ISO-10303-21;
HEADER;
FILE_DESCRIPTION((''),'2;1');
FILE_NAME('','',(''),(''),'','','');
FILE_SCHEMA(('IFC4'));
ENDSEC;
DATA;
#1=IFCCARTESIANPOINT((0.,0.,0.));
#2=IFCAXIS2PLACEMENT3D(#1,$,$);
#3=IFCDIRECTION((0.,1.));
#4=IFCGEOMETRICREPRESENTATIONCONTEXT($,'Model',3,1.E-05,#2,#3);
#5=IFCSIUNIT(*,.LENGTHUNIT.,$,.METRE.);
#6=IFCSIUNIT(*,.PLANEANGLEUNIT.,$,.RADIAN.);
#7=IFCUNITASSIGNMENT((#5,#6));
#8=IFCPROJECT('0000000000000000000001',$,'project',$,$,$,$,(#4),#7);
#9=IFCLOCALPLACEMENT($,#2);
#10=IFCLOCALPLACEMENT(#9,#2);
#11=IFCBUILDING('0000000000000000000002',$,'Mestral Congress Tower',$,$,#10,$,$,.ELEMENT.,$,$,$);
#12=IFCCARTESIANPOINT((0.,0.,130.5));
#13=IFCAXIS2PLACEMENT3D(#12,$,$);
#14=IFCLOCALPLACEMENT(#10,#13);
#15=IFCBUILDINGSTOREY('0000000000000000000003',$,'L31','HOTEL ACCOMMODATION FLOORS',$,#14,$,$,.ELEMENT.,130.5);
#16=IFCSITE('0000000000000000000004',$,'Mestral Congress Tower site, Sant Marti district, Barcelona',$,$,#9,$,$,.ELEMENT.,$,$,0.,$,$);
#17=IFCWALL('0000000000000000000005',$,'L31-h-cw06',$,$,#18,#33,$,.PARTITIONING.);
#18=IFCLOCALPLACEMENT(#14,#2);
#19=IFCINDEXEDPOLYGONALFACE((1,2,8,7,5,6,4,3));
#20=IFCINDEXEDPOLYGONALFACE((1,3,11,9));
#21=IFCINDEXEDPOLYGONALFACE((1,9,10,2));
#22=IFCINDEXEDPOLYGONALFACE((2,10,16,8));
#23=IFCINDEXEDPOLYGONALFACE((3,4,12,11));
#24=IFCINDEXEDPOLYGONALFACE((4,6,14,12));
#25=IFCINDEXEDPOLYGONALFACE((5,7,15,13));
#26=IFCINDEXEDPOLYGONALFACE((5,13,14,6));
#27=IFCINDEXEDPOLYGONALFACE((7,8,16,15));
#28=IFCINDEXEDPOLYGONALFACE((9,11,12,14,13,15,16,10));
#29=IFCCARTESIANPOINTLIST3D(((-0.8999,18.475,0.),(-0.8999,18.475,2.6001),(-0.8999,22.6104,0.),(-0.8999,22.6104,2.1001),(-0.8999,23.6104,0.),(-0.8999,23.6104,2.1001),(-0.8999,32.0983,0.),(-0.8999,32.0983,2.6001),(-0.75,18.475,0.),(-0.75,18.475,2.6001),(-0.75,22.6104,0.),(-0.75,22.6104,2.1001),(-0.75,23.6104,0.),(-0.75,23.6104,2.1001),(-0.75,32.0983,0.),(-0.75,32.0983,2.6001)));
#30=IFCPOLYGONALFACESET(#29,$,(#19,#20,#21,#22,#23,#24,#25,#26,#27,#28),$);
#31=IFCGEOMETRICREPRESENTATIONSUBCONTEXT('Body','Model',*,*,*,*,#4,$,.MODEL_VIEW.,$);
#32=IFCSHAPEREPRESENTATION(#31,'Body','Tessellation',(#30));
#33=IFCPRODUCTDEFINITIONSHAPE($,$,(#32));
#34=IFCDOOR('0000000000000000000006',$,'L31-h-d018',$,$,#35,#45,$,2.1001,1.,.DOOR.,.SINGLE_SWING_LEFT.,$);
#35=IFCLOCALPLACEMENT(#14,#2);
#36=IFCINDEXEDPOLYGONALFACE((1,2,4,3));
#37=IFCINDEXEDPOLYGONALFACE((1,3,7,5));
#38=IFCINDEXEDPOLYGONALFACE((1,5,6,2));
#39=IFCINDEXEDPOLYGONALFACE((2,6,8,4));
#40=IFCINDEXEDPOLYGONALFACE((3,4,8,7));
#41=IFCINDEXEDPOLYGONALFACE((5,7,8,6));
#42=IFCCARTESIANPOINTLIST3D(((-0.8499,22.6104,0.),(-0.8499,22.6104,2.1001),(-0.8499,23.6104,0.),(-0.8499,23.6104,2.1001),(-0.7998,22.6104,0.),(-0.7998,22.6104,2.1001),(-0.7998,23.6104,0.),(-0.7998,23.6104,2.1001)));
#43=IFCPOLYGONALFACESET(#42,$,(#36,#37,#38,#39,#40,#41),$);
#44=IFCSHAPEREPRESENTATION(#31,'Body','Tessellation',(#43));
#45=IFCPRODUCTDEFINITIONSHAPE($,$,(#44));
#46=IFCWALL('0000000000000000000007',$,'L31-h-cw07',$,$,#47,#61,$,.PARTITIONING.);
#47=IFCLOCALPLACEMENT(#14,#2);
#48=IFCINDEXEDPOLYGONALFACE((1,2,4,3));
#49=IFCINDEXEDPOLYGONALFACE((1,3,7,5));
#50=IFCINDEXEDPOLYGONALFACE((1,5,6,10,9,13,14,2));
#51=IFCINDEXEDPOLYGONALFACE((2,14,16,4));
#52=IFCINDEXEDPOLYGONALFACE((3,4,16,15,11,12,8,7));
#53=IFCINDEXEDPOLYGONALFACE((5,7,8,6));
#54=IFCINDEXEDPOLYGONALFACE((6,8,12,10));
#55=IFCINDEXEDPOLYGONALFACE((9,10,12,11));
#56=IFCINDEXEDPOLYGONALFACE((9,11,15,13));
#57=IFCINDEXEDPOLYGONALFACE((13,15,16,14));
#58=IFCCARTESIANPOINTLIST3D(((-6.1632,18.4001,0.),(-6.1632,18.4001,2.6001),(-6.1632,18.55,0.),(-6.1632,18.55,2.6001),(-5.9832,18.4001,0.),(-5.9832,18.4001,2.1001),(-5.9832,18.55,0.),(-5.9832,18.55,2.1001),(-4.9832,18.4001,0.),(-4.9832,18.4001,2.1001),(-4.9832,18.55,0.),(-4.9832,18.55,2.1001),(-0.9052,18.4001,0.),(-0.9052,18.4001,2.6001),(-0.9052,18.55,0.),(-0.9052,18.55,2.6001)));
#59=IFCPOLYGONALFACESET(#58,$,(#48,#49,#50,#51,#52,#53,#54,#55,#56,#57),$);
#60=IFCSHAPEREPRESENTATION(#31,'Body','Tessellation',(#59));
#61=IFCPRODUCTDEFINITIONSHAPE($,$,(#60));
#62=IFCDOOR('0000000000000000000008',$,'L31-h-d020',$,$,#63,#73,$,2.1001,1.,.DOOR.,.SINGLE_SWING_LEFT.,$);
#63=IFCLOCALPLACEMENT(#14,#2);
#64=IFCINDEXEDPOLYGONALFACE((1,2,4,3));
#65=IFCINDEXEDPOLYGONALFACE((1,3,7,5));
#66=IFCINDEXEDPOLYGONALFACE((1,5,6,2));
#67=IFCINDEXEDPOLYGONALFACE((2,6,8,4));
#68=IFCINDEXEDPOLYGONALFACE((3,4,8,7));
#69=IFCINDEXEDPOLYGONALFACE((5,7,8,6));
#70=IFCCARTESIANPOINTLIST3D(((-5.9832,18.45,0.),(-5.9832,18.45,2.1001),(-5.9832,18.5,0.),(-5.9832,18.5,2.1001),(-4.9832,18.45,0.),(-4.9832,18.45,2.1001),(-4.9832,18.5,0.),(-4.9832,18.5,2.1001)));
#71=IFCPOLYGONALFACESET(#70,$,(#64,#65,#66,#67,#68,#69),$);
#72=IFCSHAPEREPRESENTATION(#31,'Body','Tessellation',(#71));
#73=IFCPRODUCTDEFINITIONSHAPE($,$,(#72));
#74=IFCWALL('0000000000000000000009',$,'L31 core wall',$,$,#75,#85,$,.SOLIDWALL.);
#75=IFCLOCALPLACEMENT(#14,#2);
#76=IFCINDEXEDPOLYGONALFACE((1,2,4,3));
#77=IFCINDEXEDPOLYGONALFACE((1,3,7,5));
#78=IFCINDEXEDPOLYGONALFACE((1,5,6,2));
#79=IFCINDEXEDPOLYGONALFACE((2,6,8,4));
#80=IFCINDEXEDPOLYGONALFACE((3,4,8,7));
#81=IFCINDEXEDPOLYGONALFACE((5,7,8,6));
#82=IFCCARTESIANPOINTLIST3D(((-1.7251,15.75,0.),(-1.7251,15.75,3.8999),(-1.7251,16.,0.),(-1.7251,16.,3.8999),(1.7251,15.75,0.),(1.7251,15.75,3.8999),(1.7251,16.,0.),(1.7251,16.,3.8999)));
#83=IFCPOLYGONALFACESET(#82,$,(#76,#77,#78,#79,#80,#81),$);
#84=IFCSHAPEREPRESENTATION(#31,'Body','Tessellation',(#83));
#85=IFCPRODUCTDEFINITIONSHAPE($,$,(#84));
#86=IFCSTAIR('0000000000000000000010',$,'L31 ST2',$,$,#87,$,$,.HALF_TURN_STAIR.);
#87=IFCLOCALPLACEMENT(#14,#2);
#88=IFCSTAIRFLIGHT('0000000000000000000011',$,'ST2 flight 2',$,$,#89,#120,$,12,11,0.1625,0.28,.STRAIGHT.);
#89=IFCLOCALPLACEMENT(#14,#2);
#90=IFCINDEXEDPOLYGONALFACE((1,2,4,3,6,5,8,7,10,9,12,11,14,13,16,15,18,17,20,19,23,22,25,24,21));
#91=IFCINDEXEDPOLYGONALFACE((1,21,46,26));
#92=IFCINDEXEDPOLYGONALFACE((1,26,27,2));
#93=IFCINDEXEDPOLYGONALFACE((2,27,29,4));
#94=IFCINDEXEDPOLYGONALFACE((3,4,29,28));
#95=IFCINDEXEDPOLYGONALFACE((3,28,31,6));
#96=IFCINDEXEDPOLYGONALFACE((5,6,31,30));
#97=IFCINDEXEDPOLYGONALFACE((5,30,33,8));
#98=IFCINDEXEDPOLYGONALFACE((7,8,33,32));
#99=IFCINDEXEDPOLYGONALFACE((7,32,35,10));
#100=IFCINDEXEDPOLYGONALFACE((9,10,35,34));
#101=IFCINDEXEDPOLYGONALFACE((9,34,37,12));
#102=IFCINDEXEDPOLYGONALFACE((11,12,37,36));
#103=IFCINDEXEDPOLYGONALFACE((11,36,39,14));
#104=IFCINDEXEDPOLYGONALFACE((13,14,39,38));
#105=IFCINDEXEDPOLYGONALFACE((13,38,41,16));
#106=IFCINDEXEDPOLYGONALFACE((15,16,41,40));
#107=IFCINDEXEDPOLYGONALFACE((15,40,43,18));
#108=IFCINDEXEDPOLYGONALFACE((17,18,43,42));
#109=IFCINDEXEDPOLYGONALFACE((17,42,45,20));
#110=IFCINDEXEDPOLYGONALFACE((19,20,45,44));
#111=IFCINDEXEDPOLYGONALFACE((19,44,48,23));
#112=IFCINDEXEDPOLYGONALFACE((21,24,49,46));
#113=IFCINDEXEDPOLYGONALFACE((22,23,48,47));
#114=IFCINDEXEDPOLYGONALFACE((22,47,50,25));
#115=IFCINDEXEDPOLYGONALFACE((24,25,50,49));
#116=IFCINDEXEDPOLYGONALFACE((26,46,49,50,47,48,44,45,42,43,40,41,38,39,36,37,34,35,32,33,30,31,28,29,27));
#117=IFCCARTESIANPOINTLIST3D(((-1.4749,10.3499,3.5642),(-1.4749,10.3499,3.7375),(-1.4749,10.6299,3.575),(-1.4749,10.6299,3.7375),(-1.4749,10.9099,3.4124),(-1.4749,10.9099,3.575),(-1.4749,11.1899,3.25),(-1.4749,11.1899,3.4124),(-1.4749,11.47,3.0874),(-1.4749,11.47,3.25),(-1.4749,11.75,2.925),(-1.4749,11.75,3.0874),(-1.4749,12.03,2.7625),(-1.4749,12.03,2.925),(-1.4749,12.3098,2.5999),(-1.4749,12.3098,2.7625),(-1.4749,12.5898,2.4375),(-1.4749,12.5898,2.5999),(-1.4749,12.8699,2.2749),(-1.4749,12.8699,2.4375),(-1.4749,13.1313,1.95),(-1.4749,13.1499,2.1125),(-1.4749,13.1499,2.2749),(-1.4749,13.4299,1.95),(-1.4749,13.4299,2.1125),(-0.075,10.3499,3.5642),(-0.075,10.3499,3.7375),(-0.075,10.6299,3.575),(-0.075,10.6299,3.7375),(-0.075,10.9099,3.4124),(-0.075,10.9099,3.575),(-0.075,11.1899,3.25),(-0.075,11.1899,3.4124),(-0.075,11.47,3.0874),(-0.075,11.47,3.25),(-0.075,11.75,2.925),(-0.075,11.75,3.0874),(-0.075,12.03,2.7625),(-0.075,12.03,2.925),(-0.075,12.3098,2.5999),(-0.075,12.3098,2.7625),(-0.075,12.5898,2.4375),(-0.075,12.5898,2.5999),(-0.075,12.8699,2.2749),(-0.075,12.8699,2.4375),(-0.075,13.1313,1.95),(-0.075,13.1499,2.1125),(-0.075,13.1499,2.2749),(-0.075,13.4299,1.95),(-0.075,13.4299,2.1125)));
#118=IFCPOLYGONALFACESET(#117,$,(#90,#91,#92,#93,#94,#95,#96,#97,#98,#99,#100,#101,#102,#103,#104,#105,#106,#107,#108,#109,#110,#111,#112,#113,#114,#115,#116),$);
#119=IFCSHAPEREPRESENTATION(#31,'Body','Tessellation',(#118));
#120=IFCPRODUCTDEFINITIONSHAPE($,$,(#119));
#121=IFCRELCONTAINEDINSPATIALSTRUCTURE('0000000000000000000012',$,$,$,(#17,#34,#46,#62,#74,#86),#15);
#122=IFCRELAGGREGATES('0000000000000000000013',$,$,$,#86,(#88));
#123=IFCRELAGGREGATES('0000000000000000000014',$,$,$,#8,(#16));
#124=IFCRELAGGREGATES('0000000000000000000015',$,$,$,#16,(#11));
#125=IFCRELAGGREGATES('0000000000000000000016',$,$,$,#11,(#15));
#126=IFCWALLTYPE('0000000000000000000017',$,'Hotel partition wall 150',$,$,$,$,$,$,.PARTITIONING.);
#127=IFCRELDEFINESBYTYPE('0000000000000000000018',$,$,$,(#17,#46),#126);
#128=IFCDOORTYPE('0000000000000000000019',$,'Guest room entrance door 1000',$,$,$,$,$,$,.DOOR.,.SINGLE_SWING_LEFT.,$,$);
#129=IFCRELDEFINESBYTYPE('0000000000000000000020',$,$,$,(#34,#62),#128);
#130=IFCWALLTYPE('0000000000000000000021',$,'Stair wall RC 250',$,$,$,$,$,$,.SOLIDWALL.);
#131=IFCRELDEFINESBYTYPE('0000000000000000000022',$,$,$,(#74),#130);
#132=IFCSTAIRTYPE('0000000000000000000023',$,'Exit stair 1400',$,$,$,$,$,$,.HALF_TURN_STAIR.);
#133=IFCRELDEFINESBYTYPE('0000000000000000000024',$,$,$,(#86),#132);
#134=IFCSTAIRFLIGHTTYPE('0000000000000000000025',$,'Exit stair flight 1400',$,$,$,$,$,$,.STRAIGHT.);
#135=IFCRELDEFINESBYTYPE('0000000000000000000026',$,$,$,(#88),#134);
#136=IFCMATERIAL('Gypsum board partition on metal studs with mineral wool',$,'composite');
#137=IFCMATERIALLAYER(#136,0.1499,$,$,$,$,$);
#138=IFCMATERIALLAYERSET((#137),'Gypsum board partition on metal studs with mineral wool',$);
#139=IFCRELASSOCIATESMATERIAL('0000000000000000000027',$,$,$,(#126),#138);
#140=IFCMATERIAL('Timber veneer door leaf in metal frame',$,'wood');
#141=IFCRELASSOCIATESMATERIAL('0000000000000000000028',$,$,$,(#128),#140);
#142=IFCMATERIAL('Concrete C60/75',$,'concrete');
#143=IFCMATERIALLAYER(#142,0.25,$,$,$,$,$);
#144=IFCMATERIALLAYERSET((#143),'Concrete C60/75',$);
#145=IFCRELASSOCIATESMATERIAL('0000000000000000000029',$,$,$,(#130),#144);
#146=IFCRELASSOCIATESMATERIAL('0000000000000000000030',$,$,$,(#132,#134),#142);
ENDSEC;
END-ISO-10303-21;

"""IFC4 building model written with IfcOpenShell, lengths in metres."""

from ifc_helpers import new_model, si_unit, direction, frame, frame_2d, origin, place, context, subcontext, project, spatial, polyline, rectangle, outline, extrude, material, layer, layer_set, type_object, element, fill, aggregate, save


model = new_model("IFC4")

# Units and contexts
model_context = context("Model", 3, precision=1e-05, world=origin(), true_north=direction((0.0, 1.0)))
body_context = subcontext(model_context, "Body", "Model", "MODEL_VIEW")
ifc_project = project(units=[si_unit("LENGTHUNIT", "METRE"), si_unit("PLANEANGLEUNIT", "RADIAN")], contexts=[model_context])

# Site, building, storey
site_placement = place(None, origin())
site = spatial("IfcSite", under=ifc_project, at=site_placement, Name="Mestral Congress Tower site, Sant Marti district, Barcelona", CompositionType="ELEMENT", RefElevation=0.0)
building_placement = place(site_placement, origin())
building = spatial("IfcBuilding", under=site, at=building_placement, Name="Mestral Congress Tower", CompositionType="ELEMENT")
storey_placement = place(building_placement, frame((0.0, 0.0, 130.5)))
storey = spatial("IfcBuildingStorey", under=building, at=storey_placement, Name="L31", Description="HOTEL ACCOMMODATION FLOORS", CompositionType="ELEMENT", Elevation=130.5)

# Shared definitions
ifc_material_1 = material(Name="Concrete C60/75", Category="concrete")

# Shared definitions
ifc_material_2 = material(Name="Gypsum board partition on metal studs with mineral wool", Category="composite")

# Walls, openings, doors
ifc_layer_1 = layer(ifc_material_2, 0.1499)
ifc_layer_set_1 = layer_set([ifc_layer_1], Name="Gypsum board partition on metal studs with mineral wool")
wall_type_1 = type_object("IfcWallType", Name="Hotel partition wall 150", PredefinedType="PARTITIONING", material=ifc_layer_set_1)
wall_1_placement = place(storey_placement, frame((-0.825, 18.4751, 0.0), z_axis=(0.0, 0.0, 1.0), x_axis=(0.0, 1.0, 0.0)))
wall_1 = element("IfcWall", 1, at=wall_1_placement, inside=storey, type_object=wall_type_1, Name="L31-h-cw06", PredefinedType="PARTITIONING", context=body_context, shape_type="SweptSolid", body=[
    extrude(rectangle(XDim=13.6233, YDim=0.1499, at=frame_2d((6.8115, 0.0))), origin(), (0.0, 0.0, 1.0), 2.6001),
])
opening_1_placement = place(wall_1_placement, frame((4.1353, 0.0, 0.0)))
opening_1 = element("IfcOpeningElement", 2, at=opening_1_placement, cuts=wall_1, PredefinedType="OPENING", context=body_context, shape_type="SweptSolid", body=[
    extrude(rectangle(XDim=1.0, YDim=2.1001, at=frame_2d((0.5, 1.05))), frame((0.0, 0.085, 0.0), z_axis=(0.0, -1.0, 0.0), x_axis=(1.0, 0.0, 0.0)), (0.0, 0.0, 1.0), 0.1699),
])
ifc_material_3 = material(Name="Timber veneer door leaf in metal frame", Category="wood")
door_type_1 = type_object("IfcDoorType", Name="Guest room entrance door 1000", OperationType="SINGLE_SWING_LEFT", PredefinedType="DOOR", material=ifc_material_3)
door_1_placement = place(opening_1_placement, origin())
door_1 = element("IfcDoor", 3, at=door_1_placement, inside=storey, type_object=door_type_1, Name="L31-h-d018", OperationType="SINGLE_SWING_LEFT", OverallHeight=2.1001, OverallWidth=1.0, PredefinedType="DOOR", context=body_context, shape_type="SweptSolid", body=[
    extrude(rectangle(XDim=1.0, YDim=2.1001, at=frame_2d((0.5, 1.05))), frame((0.0, 0.0249, 0.0), z_axis=(0.0, -1.0, 0.0), x_axis=(1.0, 0.0, 0.0)), (0.0, 0.0, 1.0), 0.05),
])
fill(opening_1, door_1)
wall_2_placement = place(storey_placement, frame((-6.1631, 18.4751, 0.0), z_axis=(0.0, 0.0, 1.0), x_axis=(1.0, 0.0, 0.0)))
wall_2 = element("IfcWall", 4, at=wall_2_placement, inside=storey, type_object=wall_type_1, Name="L31-h-cw07", PredefinedType="PARTITIONING", context=body_context, shape_type="SweptSolid", body=[
    extrude(rectangle(XDim=5.2581, YDim=0.1499, at=frame_2d((2.6289, 0.0))), origin(), (0.0, 0.0, 1.0), 2.6001),
])
opening_2_placement = place(wall_2_placement, frame((0.1799, 0.0, 0.0)))
opening_2 = element("IfcOpeningElement", 5, at=opening_2_placement, cuts=wall_2, PredefinedType="OPENING", context=body_context, shape_type="SweptSolid", body=[
    extrude(rectangle(XDim=1.0, YDim=2.1001, at=frame_2d((0.5, 1.05))), frame((0.0, 0.085, 0.0), z_axis=(0.0, -1.0, 0.0), x_axis=(1.0, 0.0, 0.0)), (0.0, 0.0, 1.0), 0.1699),
])
door_2_placement = place(opening_2_placement, origin())
door_2 = element("IfcDoor", 6, at=door_2_placement, inside=storey, type_object=door_type_1, Name="L31-h-d020", OperationType="SINGLE_SWING_LEFT", OverallHeight=2.1001, OverallWidth=1.0, PredefinedType="DOOR", context=body_context, shape_type="SweptSolid", body=[
    extrude(rectangle(XDim=1.0, YDim=2.1001, at=frame_2d((0.5, 1.05))), frame((0.0, 0.0249, 0.0), z_axis=(0.0, -1.0, 0.0), x_axis=(1.0, 0.0, 0.0)), (0.0, 0.0, 1.0), 0.05),
])
fill(opening_2, door_2)

# Wall
ifc_layer_2 = layer(ifc_material_1, 0.25)
ifc_layer_set_2 = layer_set([ifc_layer_2], Name="Concrete C60/75")
wall_type_2 = type_object("IfcWallType", Name="Stair wall RC 250", PredefinedType="SOLIDWALL", material=ifc_layer_set_2)
wall_3_placement = place(storey_placement, frame((-1.7251, 15.875, 0.0), z_axis=(0.0, 0.0, 1.0), x_axis=(1.0, 0.0, 0.0)))
element("IfcWall", 7, at=wall_3_placement, inside=storey, type_object=wall_type_2, Name="L31 core wall", PredefinedType="SOLIDWALL", context=body_context, shape_type="SweptSolid", body=[
    extrude(rectangle(XDim=3.4502, YDim=0.25, at=frame_2d((1.7251, 0.0))), origin(), (0.0, 0.0, 1.0), 3.8999),
])

# Stair, stair flight
stair_type = type_object("IfcStairType", Name="Exit stair 1400", PredefinedType="HALF_TURN_STAIR", material=ifc_material_1)
stair_placement = place(storey_placement, origin())
stair = element("IfcStair", 8, at=stair_placement, inside=storey, type_object=stair_type, Name="L31 ST2", PredefinedType="HALF_TURN_STAIR")
stair_flight_type = type_object("IfcStairFlightType", Name="Exit stair flight 1400", PredefinedType="STRAIGHT", material=ifc_material_1)
stair_flight_placement = place(storey_placement, frame((-0.7749, 13.4299, 1.95), z_axis=(0.0, 0.0, 1.0), x_axis=(0.0, -1.0, 0.0)))
stair_flight = element("IfcStairFlight", 9, at=stair_flight_placement, type_object=stair_flight_type, Name="ST2 flight 2", NumberOfRisers=12, NumberOfTreads=11, PredefinedType="STRAIGHT", RiserHeight=0.1625, TreadLength=0.28, context=body_context, shape_type="SweptSolid", body=[
    extrude(outline(polyline([(0.0, 0.0), (0.0, 0.1626), (0.28, 0.1626), (0.28, 0.325), (0.5601, 0.325), (0.5601, 0.4875), (0.8401, 0.4875), (0.8401, 0.6499), (1.1201, 0.6499), (1.1201, 0.8125), (1.3999, 0.8125), (1.3999, 0.9751), (1.6799, 0.9751), (1.6799, 1.1375), (1.96, 1.1375), (1.96, 1.3), (2.24, 1.3), (2.24, 1.4624), (2.52, 1.4624), (2.52, 1.625), (2.8, 1.625), (2.8, 1.7876), (3.0801, 1.7876), (3.0801, 1.95), (3.0801, 1.6143), (0.2986, 0.0), (0.0, 0.0)])), frame((0.0, 0.7, 0.0), z_axis=(0.0, -1.0, 0.0), x_axis=(1.0, 0.0, 0.0)), (0.0, 0.0, 1.0), 1.3999),
])
aggregate(stair, [stair_flight])

save(model, "model.ifc")
